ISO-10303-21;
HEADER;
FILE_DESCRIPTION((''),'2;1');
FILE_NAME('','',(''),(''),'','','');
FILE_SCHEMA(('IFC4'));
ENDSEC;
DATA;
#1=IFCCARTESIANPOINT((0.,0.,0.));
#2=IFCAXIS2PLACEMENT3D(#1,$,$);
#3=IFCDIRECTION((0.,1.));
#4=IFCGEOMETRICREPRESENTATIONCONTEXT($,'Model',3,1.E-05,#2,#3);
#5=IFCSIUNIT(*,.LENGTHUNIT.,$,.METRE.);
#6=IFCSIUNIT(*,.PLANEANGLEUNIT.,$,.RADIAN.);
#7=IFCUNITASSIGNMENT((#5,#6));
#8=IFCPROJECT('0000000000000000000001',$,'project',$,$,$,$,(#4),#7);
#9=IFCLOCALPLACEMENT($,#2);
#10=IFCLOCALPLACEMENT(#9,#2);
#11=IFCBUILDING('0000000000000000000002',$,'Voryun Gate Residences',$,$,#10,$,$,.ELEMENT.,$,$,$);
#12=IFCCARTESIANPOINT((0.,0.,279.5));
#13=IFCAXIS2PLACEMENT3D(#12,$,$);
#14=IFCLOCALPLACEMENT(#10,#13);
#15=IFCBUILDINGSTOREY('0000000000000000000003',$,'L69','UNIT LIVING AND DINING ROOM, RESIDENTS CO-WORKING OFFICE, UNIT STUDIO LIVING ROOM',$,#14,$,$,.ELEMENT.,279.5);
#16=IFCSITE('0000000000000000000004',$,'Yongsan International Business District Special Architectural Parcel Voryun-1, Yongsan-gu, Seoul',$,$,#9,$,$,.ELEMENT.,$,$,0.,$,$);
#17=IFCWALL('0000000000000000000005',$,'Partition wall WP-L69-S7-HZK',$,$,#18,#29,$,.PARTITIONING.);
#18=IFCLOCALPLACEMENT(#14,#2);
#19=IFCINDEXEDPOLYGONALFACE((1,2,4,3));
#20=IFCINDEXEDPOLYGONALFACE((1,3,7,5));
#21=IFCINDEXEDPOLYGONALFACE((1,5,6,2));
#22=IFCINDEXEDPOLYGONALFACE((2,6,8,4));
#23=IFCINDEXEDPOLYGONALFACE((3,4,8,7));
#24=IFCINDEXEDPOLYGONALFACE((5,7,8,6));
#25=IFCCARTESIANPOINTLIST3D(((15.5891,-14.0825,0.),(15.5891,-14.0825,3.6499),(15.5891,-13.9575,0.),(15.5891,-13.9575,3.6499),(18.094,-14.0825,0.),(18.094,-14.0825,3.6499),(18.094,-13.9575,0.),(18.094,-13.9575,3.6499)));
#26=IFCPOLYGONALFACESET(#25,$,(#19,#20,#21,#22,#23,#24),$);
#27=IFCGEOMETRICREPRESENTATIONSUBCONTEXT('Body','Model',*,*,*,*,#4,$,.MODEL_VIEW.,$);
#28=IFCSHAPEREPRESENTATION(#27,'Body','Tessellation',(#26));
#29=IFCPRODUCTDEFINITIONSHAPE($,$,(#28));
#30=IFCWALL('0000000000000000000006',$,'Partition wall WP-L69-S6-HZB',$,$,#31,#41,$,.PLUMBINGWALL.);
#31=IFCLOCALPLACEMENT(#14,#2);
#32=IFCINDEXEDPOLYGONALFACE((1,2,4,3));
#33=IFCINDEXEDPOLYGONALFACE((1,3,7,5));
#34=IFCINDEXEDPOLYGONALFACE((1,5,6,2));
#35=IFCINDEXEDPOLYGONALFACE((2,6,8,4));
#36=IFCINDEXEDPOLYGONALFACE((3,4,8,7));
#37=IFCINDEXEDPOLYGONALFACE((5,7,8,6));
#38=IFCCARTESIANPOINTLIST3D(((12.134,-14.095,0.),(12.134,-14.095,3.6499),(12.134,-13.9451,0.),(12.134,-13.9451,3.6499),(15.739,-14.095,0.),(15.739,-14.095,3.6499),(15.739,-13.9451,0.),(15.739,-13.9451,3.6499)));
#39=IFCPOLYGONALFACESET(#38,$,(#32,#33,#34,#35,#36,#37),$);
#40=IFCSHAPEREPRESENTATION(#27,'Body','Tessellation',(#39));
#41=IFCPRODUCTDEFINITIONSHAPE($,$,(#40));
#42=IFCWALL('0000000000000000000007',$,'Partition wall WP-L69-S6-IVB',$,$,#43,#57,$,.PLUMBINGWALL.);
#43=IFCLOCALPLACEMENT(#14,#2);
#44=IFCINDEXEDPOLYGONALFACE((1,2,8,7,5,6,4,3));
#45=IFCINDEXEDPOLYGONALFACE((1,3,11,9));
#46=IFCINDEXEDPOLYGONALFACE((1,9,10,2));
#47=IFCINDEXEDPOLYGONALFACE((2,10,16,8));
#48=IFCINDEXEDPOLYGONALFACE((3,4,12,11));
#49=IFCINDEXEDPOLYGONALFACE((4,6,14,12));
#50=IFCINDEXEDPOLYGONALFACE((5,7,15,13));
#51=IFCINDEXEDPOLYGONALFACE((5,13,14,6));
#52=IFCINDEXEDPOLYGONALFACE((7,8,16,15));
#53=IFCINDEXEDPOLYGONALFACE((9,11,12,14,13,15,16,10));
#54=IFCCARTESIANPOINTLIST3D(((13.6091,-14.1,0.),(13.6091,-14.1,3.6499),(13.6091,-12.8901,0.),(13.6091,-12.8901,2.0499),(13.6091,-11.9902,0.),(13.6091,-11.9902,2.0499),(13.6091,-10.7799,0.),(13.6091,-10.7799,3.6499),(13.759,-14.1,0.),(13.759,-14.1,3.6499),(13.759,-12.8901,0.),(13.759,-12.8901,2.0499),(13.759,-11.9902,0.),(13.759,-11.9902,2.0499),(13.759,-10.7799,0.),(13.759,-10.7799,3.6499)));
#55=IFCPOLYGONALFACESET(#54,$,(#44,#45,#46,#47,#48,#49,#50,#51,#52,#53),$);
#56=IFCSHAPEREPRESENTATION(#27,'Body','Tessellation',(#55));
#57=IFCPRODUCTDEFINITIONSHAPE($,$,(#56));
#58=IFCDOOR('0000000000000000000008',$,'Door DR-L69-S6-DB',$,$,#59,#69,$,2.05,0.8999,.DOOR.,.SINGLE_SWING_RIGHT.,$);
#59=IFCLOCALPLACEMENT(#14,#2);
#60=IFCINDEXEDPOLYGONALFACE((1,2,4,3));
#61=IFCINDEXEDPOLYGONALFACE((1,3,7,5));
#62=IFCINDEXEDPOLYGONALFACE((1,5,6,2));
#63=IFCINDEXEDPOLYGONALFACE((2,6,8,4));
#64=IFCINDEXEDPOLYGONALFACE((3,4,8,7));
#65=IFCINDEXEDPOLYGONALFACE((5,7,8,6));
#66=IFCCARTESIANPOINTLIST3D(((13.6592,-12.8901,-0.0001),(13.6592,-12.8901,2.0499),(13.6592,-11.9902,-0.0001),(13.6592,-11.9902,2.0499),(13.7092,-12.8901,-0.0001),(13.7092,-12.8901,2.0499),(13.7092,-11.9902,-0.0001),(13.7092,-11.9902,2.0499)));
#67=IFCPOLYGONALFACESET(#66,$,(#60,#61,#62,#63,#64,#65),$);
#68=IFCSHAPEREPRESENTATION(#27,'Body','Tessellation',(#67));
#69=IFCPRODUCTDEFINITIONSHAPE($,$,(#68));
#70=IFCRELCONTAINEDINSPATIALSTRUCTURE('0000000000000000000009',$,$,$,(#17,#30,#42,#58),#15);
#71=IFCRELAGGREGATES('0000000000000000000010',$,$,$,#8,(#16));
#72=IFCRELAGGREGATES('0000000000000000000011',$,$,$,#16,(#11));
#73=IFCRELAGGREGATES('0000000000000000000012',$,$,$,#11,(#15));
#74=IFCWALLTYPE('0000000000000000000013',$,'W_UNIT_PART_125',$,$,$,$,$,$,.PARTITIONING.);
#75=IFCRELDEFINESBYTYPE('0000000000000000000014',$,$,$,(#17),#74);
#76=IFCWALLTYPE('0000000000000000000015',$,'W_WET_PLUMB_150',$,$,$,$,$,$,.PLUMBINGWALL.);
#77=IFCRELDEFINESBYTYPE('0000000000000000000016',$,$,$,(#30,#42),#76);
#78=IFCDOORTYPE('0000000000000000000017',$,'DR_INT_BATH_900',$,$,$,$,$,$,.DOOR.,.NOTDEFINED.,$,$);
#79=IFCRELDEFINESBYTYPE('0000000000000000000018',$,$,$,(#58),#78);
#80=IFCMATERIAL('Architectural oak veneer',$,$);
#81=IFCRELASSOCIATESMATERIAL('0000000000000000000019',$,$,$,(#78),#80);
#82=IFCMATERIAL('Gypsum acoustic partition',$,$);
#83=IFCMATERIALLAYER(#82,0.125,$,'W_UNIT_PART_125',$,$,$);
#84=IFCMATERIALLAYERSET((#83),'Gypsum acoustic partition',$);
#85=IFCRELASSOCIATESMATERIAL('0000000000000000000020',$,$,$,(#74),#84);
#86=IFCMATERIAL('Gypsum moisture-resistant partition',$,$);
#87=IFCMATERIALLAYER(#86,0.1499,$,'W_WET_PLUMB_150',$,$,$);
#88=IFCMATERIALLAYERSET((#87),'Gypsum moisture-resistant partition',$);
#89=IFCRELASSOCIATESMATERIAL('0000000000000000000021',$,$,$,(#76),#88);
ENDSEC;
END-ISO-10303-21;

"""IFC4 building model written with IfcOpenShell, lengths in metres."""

from ifc_helpers import new_model, si_unit, direction, frame, frame_2d, origin, place, context, subcontext, project, spatial, rectangle, extrude, material, layer, layer_set, type_object, element, fill, save


model = new_model("IFC4")

# Units and contexts
model_context = context("Model", 3, precision=1e-05, world=origin(), true_north=direction((0.0, 1.0)))
body_context = subcontext(model_context, "Body", "Model", "MODEL_VIEW")
ifc_project = project(units=[si_unit("LENGTHUNIT", "METRE"), si_unit("PLANEANGLEUNIT", "RADIAN")], contexts=[model_context])

# Site, building, storey
site_placement = place(None, origin())
site = spatial("IfcSite", under=ifc_project, at=site_placement, Name="Yongsan International Business District Special Architectural Parcel Voryun-1, Yongsan-gu, Seoul", CompositionType="ELEMENT", RefElevation=0.0)
building_placement = place(site_placement, origin())
building = spatial("IfcBuilding", under=site, at=building_placement, Name="Voryun Gate Residences", CompositionType="ELEMENT")
storey_placement = place(building_placement, frame((0.0, 0.0, 279.5)))
storey = spatial("IfcBuildingStorey", under=building, at=storey_placement, Name="L69", Description="UNIT LIVING AND DINING ROOM, RESIDENTS CO-WORKING OFFICE, UNIT STUDIO LIVING ROOM", CompositionType="ELEMENT", Elevation=279.5)

# Shared definitions
ifc_material_1 = material(Name="Architectural oak veneer")
door_type_1 = type_object("IfcDoorType", Name="DR_INT_BATH_900", OperationType="NOTDEFINED", PredefinedType="DOOR", material=ifc_material_1)

# Shared definitions
ifc_material_2 = material(Name="Gypsum acoustic partition")
ifc_layer_1 = layer(ifc_material_2, 0.125, Name="W_UNIT_PART_125")
ifc_layer_set_1 = layer_set([ifc_layer_1], Name="Gypsum acoustic partition")
wall_type_1 = type_object("IfcWallType", Name="W_UNIT_PART_125", PredefinedType="PARTITIONING", material=ifc_layer_set_1)

# Walls
wall_1_placement = place(storey_placement, frame((15.5891, -14.02, 0.0), z_axis=(0.0, 0.0, 1.0), x_axis=(1.0, 0.0, 0.0)))
element("IfcWall", 1, at=wall_1_placement, inside=storey, type_object=wall_type_1, Name="Partition wall WP-L69-S7-HZK", PredefinedType="PARTITIONING", context=body_context, shape_type="SweptSolid", body=[
    extrude(rectangle(XDim=2.5049, YDim=0.125, at=frame_2d((1.2524, 0.0))), origin(), (0.0, 0.0, 1.0), 3.6499),
])
ifc_material_3 = material(Name="Gypsum moisture-resistant partition")
ifc_layer_2 = layer(ifc_material_3, 0.1499, Name="W_WET_PLUMB_150")
ifc_layer_set_2 = layer_set([ifc_layer_2], Name="Gypsum moisture-resistant partition")
wall_type_2 = type_object("IfcWallType", Name="W_WET_PLUMB_150", PredefinedType="PLUMBINGWALL", material=ifc_layer_set_2)
wall_2_placement = place(storey_placement, frame((12.134, -14.02, 0.0), z_axis=(0.0, 0.0, 1.0), x_axis=(1.0, 0.0, 0.0)))
element("IfcWall", 2, at=wall_2_placement, inside=storey, type_object=wall_type_2, Name="Partition wall WP-L69-S6-HZB", PredefinedType="PLUMBINGWALL", context=body_context, shape_type="SweptSolid", body=[
    extrude(rectangle(XDim=3.605, YDim=0.1499, at=frame_2d((1.8025, 0.0))), origin(), (0.0, 0.0, 1.0), 3.6499),
])

# Wall, opening, door
wall_3_placement = place(storey_placement, frame((13.6841, -14.1001, 0.0), z_axis=(0.0, 0.0, 1.0), x_axis=(0.0, 1.0, 0.0)))
wall_3 = element("IfcWall", 3, at=wall_3_placement, inside=storey, type_object=wall_type_2, Name="Partition wall WP-L69-S6-IVB", PredefinedType="PLUMBINGWALL", context=body_context, shape_type="SweptSolid", body=[
    extrude(rectangle(XDim=3.3201, YDim=0.1499, at=frame_2d((1.6602, 0.0))), origin(), (0.0, 0.0, 1.0), 3.6499),
])
opening_1_placement = place(wall_3_placement, frame((1.21, 0.0, 0.0)))
opening_1 = element("IfcOpeningElement", 4, at=opening_1_placement, cuts=wall_3, PredefinedType="OPENING", context=body_context, shape_type="SweptSolid", body=[
    extrude(rectangle(XDim=0.8999, YDim=2.05, at=frame_2d((0.45, 1.0249))), frame((0.0, 0.085, 0.0), z_axis=(0.0, -1.0, 0.0), x_axis=(1.0, 0.0, 0.0)), (0.0, 0.0, 1.0), 0.1699),
])
door_1_placement = place(opening_1_placement, origin())
door_1 = element("IfcDoor", 5, at=door_1_placement, inside=storey, type_object=door_type_1, Name="Door DR-L69-S6-DB", OperationType="SINGLE_SWING_RIGHT", OverallHeight=2.05, OverallWidth=0.8999, PredefinedType="DOOR", context=body_context, shape_type="SweptSolid", body=[
    extrude(rectangle(XDim=0.8999, YDim=2.05, at=frame_2d((0.45, 1.0249))), frame((0.0, 0.0249, 0.0), z_axis=(0.0, -1.0, 0.0), x_axis=(1.0, 0.0, 0.0)), (0.0, 0.0, 1.0), 0.05),
])
fill(opening_1, door_1)

save(model, "model.ifc")
